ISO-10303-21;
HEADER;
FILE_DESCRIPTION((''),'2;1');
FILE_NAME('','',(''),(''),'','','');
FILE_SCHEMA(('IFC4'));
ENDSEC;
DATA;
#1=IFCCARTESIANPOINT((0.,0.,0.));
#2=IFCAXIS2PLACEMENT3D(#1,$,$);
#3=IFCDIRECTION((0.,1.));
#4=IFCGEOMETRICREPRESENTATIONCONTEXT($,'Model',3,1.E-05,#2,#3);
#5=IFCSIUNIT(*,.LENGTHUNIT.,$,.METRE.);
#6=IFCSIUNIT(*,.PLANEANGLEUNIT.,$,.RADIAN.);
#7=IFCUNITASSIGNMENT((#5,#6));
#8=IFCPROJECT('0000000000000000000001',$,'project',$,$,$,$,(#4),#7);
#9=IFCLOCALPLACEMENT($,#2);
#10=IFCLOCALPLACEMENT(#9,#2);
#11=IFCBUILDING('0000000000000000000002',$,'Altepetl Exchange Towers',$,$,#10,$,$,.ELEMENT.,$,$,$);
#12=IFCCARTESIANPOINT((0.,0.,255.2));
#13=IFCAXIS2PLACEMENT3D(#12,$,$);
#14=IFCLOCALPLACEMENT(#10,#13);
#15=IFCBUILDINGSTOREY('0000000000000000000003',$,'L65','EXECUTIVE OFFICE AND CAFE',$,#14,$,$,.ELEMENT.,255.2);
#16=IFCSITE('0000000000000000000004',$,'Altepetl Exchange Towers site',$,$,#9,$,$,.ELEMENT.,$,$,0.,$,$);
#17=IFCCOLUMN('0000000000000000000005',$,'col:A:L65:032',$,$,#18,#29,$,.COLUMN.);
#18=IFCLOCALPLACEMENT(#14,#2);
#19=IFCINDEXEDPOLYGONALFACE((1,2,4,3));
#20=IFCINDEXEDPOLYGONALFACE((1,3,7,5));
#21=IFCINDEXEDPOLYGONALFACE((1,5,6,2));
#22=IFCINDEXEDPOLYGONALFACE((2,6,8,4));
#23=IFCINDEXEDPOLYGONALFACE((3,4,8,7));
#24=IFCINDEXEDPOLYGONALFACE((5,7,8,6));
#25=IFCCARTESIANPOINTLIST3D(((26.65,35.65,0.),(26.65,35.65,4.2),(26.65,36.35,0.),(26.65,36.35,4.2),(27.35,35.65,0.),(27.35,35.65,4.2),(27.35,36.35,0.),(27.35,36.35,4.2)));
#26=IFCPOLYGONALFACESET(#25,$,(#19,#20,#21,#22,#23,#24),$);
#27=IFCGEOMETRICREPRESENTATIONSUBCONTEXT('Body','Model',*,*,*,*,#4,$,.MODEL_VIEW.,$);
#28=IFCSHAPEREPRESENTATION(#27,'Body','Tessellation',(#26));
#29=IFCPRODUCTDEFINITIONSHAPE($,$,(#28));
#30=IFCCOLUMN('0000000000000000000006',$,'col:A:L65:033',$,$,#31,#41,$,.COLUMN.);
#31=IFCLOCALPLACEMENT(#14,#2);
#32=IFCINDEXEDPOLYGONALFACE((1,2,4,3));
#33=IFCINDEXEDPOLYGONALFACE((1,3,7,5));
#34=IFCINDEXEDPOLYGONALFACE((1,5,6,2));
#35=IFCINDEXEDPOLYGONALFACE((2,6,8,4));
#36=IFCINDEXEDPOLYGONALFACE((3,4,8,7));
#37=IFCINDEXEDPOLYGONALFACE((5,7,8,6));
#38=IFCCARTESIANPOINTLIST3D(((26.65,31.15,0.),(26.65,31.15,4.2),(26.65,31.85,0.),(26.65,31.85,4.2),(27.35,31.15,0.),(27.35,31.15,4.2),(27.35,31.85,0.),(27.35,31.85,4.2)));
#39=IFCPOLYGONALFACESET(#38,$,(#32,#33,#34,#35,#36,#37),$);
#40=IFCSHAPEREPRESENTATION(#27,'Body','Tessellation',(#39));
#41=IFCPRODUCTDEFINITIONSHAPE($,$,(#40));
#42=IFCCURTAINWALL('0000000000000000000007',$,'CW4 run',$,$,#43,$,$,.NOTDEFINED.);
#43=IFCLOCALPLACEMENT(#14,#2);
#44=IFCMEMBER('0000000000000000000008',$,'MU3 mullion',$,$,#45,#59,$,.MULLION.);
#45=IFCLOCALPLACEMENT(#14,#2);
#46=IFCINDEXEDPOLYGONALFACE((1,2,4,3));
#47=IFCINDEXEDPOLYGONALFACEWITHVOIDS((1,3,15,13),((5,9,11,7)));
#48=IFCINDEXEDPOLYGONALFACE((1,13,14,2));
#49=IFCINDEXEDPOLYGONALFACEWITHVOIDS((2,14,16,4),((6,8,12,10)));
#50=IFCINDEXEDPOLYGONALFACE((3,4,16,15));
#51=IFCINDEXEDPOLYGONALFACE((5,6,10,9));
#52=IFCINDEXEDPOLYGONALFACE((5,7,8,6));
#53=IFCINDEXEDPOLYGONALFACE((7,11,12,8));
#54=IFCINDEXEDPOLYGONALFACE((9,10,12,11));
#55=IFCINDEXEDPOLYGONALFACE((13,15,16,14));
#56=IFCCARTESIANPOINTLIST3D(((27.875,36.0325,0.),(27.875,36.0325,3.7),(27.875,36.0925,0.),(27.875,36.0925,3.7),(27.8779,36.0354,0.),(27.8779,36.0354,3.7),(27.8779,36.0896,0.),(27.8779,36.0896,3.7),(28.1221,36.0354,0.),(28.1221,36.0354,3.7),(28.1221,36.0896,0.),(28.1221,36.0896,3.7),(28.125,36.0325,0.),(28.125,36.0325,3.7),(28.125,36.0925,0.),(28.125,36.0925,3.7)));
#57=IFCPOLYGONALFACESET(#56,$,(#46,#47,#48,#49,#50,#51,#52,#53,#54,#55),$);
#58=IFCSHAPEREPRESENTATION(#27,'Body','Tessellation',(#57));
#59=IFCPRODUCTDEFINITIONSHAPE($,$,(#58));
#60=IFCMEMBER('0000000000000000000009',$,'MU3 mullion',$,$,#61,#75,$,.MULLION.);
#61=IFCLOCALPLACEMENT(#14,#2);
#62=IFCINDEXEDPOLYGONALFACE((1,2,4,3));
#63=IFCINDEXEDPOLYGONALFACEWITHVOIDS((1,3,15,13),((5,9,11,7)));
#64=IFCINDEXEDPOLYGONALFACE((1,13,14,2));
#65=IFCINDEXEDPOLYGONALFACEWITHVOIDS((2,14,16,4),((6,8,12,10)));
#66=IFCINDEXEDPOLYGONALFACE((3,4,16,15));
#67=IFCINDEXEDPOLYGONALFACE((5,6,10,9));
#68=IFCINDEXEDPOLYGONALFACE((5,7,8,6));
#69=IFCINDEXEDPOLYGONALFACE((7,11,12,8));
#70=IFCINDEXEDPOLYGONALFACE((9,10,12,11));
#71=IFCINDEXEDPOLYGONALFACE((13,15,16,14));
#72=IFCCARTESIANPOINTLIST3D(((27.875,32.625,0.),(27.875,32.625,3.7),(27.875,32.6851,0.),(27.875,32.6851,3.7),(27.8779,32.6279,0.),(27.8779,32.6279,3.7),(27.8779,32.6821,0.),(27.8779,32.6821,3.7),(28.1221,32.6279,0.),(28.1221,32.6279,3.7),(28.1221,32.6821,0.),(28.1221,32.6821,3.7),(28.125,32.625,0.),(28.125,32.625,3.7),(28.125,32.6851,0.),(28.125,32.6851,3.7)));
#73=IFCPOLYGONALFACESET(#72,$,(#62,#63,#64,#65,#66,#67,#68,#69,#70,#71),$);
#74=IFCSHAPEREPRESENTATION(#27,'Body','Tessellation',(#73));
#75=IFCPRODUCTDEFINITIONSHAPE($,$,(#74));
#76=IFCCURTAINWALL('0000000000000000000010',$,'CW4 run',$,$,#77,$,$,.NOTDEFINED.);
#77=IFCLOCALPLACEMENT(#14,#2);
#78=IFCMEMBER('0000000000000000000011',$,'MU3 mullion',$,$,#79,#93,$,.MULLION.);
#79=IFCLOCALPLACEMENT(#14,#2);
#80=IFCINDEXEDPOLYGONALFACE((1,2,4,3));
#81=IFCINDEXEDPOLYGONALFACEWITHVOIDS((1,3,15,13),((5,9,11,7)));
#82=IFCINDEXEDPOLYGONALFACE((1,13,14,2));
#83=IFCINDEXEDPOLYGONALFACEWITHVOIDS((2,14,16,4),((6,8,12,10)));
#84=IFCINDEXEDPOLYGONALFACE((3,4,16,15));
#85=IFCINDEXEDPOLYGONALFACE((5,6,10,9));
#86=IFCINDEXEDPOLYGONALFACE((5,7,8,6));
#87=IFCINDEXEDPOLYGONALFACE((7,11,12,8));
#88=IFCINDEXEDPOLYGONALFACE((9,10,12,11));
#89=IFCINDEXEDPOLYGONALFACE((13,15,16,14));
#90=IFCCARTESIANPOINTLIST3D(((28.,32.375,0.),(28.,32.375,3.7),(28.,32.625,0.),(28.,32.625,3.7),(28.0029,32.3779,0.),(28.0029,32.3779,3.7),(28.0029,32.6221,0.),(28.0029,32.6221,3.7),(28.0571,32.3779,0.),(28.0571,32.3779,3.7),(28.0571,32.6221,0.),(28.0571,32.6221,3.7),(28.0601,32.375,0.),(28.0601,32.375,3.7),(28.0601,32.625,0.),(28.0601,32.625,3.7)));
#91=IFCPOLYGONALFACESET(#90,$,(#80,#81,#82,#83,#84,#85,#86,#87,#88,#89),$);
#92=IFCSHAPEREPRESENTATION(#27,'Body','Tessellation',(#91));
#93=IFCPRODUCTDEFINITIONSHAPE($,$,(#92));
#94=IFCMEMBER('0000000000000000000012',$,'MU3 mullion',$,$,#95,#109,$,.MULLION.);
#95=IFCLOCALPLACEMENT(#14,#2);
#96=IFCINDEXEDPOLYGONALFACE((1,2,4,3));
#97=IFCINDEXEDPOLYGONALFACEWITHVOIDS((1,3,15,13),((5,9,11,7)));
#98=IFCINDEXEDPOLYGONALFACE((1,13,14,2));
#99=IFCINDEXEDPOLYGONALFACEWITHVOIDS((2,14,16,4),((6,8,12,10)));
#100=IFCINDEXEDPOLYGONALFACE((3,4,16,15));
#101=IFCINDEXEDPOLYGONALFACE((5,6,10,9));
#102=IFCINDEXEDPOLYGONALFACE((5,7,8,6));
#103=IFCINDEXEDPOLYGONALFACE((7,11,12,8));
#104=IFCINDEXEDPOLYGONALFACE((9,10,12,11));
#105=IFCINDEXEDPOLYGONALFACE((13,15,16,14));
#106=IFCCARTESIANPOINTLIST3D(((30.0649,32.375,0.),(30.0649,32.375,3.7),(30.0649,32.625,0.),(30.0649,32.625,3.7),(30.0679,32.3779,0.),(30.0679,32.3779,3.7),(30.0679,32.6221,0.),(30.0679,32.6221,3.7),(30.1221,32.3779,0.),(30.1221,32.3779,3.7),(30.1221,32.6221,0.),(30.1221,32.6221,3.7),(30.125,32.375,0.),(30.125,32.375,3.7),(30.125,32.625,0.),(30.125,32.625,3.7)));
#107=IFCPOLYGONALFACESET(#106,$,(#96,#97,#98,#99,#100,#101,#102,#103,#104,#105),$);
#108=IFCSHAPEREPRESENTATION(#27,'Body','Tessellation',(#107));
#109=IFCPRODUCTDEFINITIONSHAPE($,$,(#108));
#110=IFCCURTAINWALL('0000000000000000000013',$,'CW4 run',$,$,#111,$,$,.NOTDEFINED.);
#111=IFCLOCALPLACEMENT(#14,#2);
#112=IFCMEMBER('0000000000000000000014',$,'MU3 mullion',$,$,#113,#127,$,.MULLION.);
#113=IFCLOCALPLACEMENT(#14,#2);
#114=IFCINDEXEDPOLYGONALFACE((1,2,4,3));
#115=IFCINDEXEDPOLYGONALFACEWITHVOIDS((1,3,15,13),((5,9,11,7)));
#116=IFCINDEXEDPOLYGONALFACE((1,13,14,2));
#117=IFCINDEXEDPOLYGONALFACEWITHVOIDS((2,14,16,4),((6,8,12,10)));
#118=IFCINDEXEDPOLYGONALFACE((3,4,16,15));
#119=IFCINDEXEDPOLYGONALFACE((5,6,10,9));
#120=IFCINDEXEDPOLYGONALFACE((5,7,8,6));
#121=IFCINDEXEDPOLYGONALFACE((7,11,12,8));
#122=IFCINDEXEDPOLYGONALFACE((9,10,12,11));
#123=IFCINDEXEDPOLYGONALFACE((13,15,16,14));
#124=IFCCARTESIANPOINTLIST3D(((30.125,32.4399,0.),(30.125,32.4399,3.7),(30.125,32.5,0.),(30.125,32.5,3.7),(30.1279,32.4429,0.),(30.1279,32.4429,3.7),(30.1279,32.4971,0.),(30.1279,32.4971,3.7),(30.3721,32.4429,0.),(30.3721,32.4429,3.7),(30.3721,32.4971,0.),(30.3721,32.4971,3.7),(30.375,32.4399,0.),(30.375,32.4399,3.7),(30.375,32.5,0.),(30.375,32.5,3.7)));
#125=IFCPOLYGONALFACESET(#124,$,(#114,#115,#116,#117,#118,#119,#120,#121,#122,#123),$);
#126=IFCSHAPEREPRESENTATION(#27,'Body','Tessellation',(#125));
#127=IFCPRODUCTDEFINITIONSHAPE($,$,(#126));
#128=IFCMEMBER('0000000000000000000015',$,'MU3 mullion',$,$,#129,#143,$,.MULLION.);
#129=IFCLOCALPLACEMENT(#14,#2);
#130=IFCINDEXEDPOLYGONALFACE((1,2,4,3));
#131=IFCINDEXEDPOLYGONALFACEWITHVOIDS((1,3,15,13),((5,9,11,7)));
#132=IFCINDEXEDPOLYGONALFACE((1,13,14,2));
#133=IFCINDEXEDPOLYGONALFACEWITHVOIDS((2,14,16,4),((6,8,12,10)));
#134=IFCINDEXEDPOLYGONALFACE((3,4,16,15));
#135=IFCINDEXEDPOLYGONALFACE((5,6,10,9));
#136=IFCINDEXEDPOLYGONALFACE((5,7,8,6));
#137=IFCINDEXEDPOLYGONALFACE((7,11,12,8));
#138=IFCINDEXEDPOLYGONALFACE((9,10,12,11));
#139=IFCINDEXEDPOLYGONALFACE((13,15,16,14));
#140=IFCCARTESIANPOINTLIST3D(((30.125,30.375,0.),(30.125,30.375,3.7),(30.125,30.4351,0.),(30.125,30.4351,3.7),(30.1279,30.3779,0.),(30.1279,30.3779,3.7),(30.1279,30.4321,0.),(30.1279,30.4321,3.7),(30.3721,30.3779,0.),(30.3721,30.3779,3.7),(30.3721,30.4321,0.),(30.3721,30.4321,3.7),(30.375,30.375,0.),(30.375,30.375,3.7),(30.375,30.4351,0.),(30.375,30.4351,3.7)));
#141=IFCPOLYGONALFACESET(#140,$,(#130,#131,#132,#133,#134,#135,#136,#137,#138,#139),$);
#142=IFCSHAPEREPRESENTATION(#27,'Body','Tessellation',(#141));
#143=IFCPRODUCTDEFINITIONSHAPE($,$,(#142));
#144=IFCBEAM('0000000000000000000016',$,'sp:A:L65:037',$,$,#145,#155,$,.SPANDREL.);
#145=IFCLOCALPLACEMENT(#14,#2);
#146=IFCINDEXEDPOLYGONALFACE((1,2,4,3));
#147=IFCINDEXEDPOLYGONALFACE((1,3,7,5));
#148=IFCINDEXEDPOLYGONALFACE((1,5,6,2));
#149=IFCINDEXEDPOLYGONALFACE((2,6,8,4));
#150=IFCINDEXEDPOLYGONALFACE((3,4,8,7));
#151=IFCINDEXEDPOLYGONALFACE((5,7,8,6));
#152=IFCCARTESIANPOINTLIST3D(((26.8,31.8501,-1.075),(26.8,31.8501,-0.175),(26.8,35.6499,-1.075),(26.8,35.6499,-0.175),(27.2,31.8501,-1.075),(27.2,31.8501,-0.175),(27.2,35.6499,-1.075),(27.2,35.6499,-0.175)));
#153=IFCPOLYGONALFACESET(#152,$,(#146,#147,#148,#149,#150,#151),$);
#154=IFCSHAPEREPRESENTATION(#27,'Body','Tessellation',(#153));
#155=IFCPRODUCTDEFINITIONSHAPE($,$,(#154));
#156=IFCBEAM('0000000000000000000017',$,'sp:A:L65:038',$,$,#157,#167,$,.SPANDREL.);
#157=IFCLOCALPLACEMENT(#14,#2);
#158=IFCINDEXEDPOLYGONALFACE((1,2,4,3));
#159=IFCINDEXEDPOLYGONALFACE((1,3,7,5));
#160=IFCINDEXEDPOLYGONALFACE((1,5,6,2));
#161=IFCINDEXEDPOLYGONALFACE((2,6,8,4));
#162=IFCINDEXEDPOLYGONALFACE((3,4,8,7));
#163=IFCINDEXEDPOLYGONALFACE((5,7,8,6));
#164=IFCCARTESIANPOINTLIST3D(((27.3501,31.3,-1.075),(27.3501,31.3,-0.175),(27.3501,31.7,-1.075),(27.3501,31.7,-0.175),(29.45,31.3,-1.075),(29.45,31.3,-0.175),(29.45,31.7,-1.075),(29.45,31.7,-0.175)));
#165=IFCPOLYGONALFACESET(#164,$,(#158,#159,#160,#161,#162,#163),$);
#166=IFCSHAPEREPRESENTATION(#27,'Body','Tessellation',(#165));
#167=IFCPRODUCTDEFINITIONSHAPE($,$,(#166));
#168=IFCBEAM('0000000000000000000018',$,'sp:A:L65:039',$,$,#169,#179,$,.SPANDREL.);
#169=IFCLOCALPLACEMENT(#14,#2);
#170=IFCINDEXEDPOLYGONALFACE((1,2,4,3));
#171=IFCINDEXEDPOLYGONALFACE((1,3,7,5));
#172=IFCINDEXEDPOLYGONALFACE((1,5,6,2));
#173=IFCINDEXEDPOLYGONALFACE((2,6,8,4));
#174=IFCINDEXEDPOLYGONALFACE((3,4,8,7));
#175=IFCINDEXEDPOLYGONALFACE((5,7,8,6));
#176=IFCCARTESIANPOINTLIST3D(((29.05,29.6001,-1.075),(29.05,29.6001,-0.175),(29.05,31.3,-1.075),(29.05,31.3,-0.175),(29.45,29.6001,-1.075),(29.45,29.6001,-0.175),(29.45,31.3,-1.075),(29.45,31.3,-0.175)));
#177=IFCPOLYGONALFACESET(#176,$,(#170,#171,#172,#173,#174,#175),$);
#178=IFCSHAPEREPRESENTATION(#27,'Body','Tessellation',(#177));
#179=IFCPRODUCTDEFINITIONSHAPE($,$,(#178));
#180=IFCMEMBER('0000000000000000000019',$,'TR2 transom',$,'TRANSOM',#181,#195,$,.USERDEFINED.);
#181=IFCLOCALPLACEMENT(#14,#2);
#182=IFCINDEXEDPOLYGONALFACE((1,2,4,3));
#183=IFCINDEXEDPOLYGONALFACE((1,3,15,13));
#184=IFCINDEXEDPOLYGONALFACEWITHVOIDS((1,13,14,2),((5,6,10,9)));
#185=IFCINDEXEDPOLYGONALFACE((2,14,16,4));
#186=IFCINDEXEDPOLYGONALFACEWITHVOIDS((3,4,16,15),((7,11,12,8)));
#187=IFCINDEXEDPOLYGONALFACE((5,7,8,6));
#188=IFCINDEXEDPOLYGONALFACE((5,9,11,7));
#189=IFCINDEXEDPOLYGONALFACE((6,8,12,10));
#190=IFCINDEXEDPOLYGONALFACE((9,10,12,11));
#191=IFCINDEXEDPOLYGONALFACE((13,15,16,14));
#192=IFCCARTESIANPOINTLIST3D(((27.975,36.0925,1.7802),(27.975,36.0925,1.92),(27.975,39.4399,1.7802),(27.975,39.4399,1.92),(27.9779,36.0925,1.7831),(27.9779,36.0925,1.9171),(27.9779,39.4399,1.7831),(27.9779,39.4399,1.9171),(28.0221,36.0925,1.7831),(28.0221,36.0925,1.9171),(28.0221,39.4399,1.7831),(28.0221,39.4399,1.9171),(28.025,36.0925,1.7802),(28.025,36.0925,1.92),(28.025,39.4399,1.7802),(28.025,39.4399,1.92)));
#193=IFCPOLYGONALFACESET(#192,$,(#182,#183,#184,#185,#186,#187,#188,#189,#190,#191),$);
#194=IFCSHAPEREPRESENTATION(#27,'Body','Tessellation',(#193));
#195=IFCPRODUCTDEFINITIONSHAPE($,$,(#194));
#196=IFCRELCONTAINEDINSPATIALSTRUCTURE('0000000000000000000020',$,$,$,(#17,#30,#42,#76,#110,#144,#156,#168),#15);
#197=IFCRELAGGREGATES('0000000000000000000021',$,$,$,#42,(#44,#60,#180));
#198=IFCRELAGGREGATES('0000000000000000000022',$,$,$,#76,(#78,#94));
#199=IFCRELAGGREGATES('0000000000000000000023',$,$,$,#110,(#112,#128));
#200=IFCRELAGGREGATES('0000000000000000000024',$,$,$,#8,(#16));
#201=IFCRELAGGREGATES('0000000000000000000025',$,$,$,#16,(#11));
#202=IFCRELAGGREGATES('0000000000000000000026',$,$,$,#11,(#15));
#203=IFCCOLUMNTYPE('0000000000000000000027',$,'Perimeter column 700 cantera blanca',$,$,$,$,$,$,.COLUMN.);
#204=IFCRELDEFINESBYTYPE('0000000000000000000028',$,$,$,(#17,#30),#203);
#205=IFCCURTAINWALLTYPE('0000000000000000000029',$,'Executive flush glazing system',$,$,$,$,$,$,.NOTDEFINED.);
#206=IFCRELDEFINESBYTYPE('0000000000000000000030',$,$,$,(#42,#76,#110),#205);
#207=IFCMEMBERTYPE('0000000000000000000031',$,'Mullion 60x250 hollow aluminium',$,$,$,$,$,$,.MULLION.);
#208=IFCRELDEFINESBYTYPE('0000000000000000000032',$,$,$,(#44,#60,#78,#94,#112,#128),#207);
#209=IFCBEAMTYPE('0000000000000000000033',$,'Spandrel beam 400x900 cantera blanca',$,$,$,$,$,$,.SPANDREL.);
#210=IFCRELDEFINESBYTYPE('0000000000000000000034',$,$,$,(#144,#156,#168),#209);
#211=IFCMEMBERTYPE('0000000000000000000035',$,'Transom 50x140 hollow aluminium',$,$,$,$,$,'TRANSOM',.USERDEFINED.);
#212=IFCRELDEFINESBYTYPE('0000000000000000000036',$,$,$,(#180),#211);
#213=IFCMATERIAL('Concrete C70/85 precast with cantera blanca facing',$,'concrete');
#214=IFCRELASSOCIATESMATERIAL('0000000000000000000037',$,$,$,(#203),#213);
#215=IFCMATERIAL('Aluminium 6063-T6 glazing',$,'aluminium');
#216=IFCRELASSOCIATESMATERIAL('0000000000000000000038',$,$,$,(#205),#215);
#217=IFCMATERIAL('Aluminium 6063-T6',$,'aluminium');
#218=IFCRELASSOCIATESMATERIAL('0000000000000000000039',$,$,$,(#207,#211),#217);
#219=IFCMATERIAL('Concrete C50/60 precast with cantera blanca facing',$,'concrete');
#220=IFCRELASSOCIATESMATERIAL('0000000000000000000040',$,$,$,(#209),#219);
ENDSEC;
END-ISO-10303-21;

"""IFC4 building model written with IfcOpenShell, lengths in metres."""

from ifc_helpers import new_model, si_unit, direction, frame, origin, origin_2d, place, context, subcontext, project, spatial, rectangle, hollow_rectangle, extrude, material, material_profile, profile_set, type_object, element, aggregate, save


model = new_model("IFC4")

# Units and contexts
model_context = context("Model", 3, precision=1e-05, world=origin(), true_north=direction((0.0, 1.0)))
body_context = subcontext(model_context, "Body", "Model", "MODEL_VIEW")
ifc_project = project(units=[si_unit("LENGTHUNIT", "METRE"), si_unit("PLANEANGLEUNIT", "RADIAN")], contexts=[model_context])

# Site, building, storey
site_placement = place(None, origin())
site = spatial("IfcSite", under=ifc_project, at=site_placement, Name="Altepetl Exchange Towers site", CompositionType="ELEMENT", RefElevation=0.0)
building_placement = place(site_placement, origin())
building = spatial("IfcBuilding", under=site, at=building_placement, Name="Altepetl Exchange Towers", CompositionType="ELEMENT")
storey_placement = place(building_placement, frame((0.0, 0.0, 255.2)))
storey = spatial("IfcBuildingStorey", under=building, at=storey_placement, Name="L65", Description="EXECUTIVE OFFICE AND CAFE", CompositionType="ELEMENT", Elevation=255.2)

# Columns
ifc_material_1 = material(Name="Concrete C70/85 precast with cantera blanca facing", Category="concrete")
ifc_material_profile_1 = material_profile(ifc_material_1, rectangle(XDim=0.7, YDim=0.7, at=origin_2d()), Name="700 x 700")
ifc_profile_set_1 = profile_set([ifc_material_profile_1], Name="Concrete C70/85 precast with cantera blanca facing")
column_type = type_object("IfcColumnType", Name="Perimeter column 700 cantera blanca", PredefinedType="COLUMN", material=ifc_profile_set_1)
for number, where, name in (
    (1, (27.0, 36.0, 0.0), "col:A:L65:032"),
    (2, (27.0, 31.5, 0.0), "col:A:L65:033"),
):
    element("IfcColumn", number, at=place(storey_placement, frame(where)), inside=storey, type_object=column_type, Name=name, PredefinedType="COLUMN", context=body_context, shape_type="SweptSolid", body=[
        extrude(rectangle(XDim=0.7, YDim=0.7, at=origin_2d()), origin(), (0.0, 0.0, 1.0), 4.2),
    ])

# Curtain walls, members
ifc_material_2 = material(Name="Aluminium 6063-T6 glazing", Category="aluminium")
curtain_wall_type = type_object("IfcCurtainWallType", Name="Executive flush glazing system", PredefinedType="NOTDEFINED", material=ifc_material_2)
curtain_wall_1_placement = place(storey_placement, origin())
curtain_wall_1 = element("IfcCurtainWall", 3, at=curtain_wall_1_placement, inside=storey, type_object=curtain_wall_type, Name="CW4 run", PredefinedType="NOTDEFINED")
ifc_material_3 = material(Name="Aluminium 6063-T6", Category="aluminium")
ifc_material_profile_2 = material_profile(ifc_material_3, hollow_rectangle(XDim=0.0601, YDim=0.25, WallThickness=0.0029, at=origin_2d()), Name="Mullion 60x250 hollow aluminium")
ifc_profile_set_2 = profile_set([ifc_material_profile_2], Name="Aluminium 6063-T6")
member_type_1 = type_object("IfcMemberType", Name="Mullion 60x250 hollow aluminium", PredefinedType="MULLION", material=ifc_profile_set_2)
member_1_placement = place(storey_placement, frame((28.0, 36.0625, 0.0), z_axis=(0.0, 0.0, 1.0), x_axis=(0.0, -1.0, 0.0)))
member_1 = element("IfcMember", 4, at=member_1_placement, type_object=member_type_1, Name="MU3 mullion", PredefinedType="MULLION", context=body_context, shape_type="SweptSolid", body=[
    extrude(hollow_rectangle(XDim=0.0601, YDim=0.25, WallThickness=0.0029, at=origin_2d()), origin(), (0.0, 0.0, 1.0), 3.7),
])
member_2_placement = place(storey_placement, frame((28.0, 32.655, 0.0), z_axis=(0.0, 0.0, 1.0), x_axis=(0.0, -1.0, 0.0)))
member_2 = element("IfcMember", 5, at=member_2_placement, type_object=member_type_1, Name="MU3 mullion", PredefinedType="MULLION", context=body_context, shape_type="SweptSolid", body=[
    extrude(hollow_rectangle(XDim=0.0601, YDim=0.25, WallThickness=0.0029, at=origin_2d()), origin(), (0.0, 0.0, 1.0), 3.7),
])
curtain_wall_2_placement = place(storey_placement, origin())
curtain_wall_2 = element("IfcCurtainWall", 6, at=curtain_wall_2_placement, inside=storey, type_object=curtain_wall_type, Name="CW4 run", PredefinedType="NOTDEFINED")
member_3_placement = place(storey_placement, frame((28.03, 32.5, 0.0)))
member_3 = element("IfcMember", 7, at=member_3_placement, type_object=member_type_1, Name="MU3 mullion", PredefinedType="MULLION", context=body_context, shape_type="SweptSolid", body=[
    extrude(hollow_rectangle(XDim=0.0601, YDim=0.25, WallThickness=0.0029, at=origin_2d()), origin(), (0.0, 0.0, 1.0), 3.7),
])
member_4_placement = place(storey_placement, frame((30.095, 32.5, 0.0)))
member_4 = element("IfcMember", 8, at=member_4_placement, type_object=member_type_1, Name="MU3 mullion", PredefinedType="MULLION", context=body_context, shape_type="SweptSolid", body=[
    extrude(hollow_rectangle(XDim=0.0601, YDim=0.25, WallThickness=0.0029, at=origin_2d()), origin(), (0.0, 0.0, 1.0), 3.7),
])
curtain_wall_3_placement = place(storey_placement, origin())
curtain_wall_3 = element("IfcCurtainWall", 9, at=curtain_wall_3_placement, inside=storey, type_object=curtain_wall_type, Name="CW4 run", PredefinedType="NOTDEFINED")
member_5_placement = place(storey_placement, frame((30.25, 32.47, 0.0), z_axis=(0.0, 0.0, 1.0), x_axis=(0.0, -1.0, 0.0)))
member_5 = element("IfcMember", 10, at=member_5_placement, type_object=member_type_1, Name="MU3 mullion", PredefinedType="MULLION", context=body_context, shape_type="SweptSolid", body=[
    extrude(hollow_rectangle(XDim=0.0601, YDim=0.25, WallThickness=0.0029, at=origin_2d()), origin(), (0.0, 0.0, 1.0), 3.7),
])
member_6_placement = place(storey_placement, frame((30.25, 30.405, 0.0), z_axis=(0.0, 0.0, 1.0), x_axis=(0.0, -1.0, 0.0)))
member_6 = element("IfcMember", 11, at=member_6_placement, type_object=member_type_1, Name="MU3 mullion", PredefinedType="MULLION", context=body_context, shape_type="SweptSolid", body=[
    extrude(hollow_rectangle(XDim=0.0601, YDim=0.25, WallThickness=0.0029, at=origin_2d()), origin(), (0.0, 0.0, 1.0), 3.7),
])

# Beams
ifc_material_4 = material(Name="Concrete C50/60 precast with cantera blanca facing", Category="concrete")
ifc_material_profile_3 = material_profile(ifc_material_4, rectangle(XDim=0.3999, YDim=0.8999, at=origin_2d()), Name="400 x 900")
ifc_profile_set_3 = profile_set([ifc_material_profile_3], Name="Concrete C50/60 precast with cantera blanca facing")
beam_type = type_object("IfcBeamType", Name="Spandrel beam 400x900 cantera blanca", PredefinedType="SPANDREL", material=ifc_profile_set_3)
beam_1_placement = place(storey_placement, frame((27.0, 35.6499, -0.625), z_axis=(0.0, -1.0, 0.0), x_axis=(1.0, 0.0, 0.0)))
element("IfcBeam", 12, at=beam_1_placement, inside=storey, type_object=beam_type, Name="sp:A:L65:037", PredefinedType="SPANDREL", context=body_context, shape_type="SweptSolid", body=[
    extrude(rectangle(XDim=0.3999, YDim=0.8999, at=origin_2d()), origin(), (0.0, 0.0, 1.0), 3.7998),
])
beam_2_placement = place(storey_placement, frame((27.3501, 31.5, -0.625), z_axis=(1.0, 0.0, 0.0), x_axis=(0.0, 1.0, 0.0)))
element("IfcBeam", 13, at=beam_2_placement, inside=storey, type_object=beam_type, Name="sp:A:L65:038", PredefinedType="SPANDREL", context=body_context, shape_type="SweptSolid", body=[
    extrude(rectangle(XDim=0.3999, YDim=0.8999, at=origin_2d()), origin(), (0.0, 0.0, 1.0), 2.0999),
])
beam_3_placement = place(storey_placement, frame((29.25, 31.3, -0.625), z_axis=(0.0, -1.0, 0.0), x_axis=(1.0, 0.0, 0.0)))
element("IfcBeam", 14, at=beam_3_placement, inside=storey, type_object=beam_type, Name="sp:A:L65:039", PredefinedType="SPANDREL", context=body_context, shape_type="SweptSolid", body=[
    extrude(rectangle(XDim=0.3999, YDim=0.8999, at=origin_2d()), origin(), (0.0, 0.0, 1.0), 1.7),
])

# Member
ifc_material_profile_4 = material_profile(ifc_material_3, hollow_rectangle(XDim=0.05, YDim=0.1399, WallThickness=0.0029, at=origin_2d()), Name="Transom 50x140 hollow aluminium")
ifc_profile_set_4 = profile_set([ifc_material_profile_4], Name="Aluminium 6063-T6")
member_type_2 = type_object("IfcMemberType", Name="Transom 50x140 hollow aluminium", ElementType="TRANSOM", PredefinedType="USERDEFINED", material=ifc_profile_set_4)
member_7_placement = place(storey_placement, frame((28.0, 39.4399, 1.8501), z_axis=(0.0, -1.0, 0.0), x_axis=(1.0, 0.0, 0.0)))
member_7 = element("IfcMember", 15, at=member_7_placement, type_object=member_type_2, Name="TR2 transom", ObjectType="TRANSOM", PredefinedType="USERDEFINED", context=body_context, shape_type="SweptSolid", body=[
    extrude(hollow_rectangle(XDim=0.05, YDim=0.1399, WallThickness=0.0029, at=origin_2d()), origin(), (0.0, 0.0, 1.0), 3.3474),
])

aggregate(curtain_wall_1, [member_1, member_2, member_7])
aggregate(curtain_wall_2, [member_3, member_4])
aggregate(curtain_wall_3, [member_5, member_6])

save(model, "model.ifc")
